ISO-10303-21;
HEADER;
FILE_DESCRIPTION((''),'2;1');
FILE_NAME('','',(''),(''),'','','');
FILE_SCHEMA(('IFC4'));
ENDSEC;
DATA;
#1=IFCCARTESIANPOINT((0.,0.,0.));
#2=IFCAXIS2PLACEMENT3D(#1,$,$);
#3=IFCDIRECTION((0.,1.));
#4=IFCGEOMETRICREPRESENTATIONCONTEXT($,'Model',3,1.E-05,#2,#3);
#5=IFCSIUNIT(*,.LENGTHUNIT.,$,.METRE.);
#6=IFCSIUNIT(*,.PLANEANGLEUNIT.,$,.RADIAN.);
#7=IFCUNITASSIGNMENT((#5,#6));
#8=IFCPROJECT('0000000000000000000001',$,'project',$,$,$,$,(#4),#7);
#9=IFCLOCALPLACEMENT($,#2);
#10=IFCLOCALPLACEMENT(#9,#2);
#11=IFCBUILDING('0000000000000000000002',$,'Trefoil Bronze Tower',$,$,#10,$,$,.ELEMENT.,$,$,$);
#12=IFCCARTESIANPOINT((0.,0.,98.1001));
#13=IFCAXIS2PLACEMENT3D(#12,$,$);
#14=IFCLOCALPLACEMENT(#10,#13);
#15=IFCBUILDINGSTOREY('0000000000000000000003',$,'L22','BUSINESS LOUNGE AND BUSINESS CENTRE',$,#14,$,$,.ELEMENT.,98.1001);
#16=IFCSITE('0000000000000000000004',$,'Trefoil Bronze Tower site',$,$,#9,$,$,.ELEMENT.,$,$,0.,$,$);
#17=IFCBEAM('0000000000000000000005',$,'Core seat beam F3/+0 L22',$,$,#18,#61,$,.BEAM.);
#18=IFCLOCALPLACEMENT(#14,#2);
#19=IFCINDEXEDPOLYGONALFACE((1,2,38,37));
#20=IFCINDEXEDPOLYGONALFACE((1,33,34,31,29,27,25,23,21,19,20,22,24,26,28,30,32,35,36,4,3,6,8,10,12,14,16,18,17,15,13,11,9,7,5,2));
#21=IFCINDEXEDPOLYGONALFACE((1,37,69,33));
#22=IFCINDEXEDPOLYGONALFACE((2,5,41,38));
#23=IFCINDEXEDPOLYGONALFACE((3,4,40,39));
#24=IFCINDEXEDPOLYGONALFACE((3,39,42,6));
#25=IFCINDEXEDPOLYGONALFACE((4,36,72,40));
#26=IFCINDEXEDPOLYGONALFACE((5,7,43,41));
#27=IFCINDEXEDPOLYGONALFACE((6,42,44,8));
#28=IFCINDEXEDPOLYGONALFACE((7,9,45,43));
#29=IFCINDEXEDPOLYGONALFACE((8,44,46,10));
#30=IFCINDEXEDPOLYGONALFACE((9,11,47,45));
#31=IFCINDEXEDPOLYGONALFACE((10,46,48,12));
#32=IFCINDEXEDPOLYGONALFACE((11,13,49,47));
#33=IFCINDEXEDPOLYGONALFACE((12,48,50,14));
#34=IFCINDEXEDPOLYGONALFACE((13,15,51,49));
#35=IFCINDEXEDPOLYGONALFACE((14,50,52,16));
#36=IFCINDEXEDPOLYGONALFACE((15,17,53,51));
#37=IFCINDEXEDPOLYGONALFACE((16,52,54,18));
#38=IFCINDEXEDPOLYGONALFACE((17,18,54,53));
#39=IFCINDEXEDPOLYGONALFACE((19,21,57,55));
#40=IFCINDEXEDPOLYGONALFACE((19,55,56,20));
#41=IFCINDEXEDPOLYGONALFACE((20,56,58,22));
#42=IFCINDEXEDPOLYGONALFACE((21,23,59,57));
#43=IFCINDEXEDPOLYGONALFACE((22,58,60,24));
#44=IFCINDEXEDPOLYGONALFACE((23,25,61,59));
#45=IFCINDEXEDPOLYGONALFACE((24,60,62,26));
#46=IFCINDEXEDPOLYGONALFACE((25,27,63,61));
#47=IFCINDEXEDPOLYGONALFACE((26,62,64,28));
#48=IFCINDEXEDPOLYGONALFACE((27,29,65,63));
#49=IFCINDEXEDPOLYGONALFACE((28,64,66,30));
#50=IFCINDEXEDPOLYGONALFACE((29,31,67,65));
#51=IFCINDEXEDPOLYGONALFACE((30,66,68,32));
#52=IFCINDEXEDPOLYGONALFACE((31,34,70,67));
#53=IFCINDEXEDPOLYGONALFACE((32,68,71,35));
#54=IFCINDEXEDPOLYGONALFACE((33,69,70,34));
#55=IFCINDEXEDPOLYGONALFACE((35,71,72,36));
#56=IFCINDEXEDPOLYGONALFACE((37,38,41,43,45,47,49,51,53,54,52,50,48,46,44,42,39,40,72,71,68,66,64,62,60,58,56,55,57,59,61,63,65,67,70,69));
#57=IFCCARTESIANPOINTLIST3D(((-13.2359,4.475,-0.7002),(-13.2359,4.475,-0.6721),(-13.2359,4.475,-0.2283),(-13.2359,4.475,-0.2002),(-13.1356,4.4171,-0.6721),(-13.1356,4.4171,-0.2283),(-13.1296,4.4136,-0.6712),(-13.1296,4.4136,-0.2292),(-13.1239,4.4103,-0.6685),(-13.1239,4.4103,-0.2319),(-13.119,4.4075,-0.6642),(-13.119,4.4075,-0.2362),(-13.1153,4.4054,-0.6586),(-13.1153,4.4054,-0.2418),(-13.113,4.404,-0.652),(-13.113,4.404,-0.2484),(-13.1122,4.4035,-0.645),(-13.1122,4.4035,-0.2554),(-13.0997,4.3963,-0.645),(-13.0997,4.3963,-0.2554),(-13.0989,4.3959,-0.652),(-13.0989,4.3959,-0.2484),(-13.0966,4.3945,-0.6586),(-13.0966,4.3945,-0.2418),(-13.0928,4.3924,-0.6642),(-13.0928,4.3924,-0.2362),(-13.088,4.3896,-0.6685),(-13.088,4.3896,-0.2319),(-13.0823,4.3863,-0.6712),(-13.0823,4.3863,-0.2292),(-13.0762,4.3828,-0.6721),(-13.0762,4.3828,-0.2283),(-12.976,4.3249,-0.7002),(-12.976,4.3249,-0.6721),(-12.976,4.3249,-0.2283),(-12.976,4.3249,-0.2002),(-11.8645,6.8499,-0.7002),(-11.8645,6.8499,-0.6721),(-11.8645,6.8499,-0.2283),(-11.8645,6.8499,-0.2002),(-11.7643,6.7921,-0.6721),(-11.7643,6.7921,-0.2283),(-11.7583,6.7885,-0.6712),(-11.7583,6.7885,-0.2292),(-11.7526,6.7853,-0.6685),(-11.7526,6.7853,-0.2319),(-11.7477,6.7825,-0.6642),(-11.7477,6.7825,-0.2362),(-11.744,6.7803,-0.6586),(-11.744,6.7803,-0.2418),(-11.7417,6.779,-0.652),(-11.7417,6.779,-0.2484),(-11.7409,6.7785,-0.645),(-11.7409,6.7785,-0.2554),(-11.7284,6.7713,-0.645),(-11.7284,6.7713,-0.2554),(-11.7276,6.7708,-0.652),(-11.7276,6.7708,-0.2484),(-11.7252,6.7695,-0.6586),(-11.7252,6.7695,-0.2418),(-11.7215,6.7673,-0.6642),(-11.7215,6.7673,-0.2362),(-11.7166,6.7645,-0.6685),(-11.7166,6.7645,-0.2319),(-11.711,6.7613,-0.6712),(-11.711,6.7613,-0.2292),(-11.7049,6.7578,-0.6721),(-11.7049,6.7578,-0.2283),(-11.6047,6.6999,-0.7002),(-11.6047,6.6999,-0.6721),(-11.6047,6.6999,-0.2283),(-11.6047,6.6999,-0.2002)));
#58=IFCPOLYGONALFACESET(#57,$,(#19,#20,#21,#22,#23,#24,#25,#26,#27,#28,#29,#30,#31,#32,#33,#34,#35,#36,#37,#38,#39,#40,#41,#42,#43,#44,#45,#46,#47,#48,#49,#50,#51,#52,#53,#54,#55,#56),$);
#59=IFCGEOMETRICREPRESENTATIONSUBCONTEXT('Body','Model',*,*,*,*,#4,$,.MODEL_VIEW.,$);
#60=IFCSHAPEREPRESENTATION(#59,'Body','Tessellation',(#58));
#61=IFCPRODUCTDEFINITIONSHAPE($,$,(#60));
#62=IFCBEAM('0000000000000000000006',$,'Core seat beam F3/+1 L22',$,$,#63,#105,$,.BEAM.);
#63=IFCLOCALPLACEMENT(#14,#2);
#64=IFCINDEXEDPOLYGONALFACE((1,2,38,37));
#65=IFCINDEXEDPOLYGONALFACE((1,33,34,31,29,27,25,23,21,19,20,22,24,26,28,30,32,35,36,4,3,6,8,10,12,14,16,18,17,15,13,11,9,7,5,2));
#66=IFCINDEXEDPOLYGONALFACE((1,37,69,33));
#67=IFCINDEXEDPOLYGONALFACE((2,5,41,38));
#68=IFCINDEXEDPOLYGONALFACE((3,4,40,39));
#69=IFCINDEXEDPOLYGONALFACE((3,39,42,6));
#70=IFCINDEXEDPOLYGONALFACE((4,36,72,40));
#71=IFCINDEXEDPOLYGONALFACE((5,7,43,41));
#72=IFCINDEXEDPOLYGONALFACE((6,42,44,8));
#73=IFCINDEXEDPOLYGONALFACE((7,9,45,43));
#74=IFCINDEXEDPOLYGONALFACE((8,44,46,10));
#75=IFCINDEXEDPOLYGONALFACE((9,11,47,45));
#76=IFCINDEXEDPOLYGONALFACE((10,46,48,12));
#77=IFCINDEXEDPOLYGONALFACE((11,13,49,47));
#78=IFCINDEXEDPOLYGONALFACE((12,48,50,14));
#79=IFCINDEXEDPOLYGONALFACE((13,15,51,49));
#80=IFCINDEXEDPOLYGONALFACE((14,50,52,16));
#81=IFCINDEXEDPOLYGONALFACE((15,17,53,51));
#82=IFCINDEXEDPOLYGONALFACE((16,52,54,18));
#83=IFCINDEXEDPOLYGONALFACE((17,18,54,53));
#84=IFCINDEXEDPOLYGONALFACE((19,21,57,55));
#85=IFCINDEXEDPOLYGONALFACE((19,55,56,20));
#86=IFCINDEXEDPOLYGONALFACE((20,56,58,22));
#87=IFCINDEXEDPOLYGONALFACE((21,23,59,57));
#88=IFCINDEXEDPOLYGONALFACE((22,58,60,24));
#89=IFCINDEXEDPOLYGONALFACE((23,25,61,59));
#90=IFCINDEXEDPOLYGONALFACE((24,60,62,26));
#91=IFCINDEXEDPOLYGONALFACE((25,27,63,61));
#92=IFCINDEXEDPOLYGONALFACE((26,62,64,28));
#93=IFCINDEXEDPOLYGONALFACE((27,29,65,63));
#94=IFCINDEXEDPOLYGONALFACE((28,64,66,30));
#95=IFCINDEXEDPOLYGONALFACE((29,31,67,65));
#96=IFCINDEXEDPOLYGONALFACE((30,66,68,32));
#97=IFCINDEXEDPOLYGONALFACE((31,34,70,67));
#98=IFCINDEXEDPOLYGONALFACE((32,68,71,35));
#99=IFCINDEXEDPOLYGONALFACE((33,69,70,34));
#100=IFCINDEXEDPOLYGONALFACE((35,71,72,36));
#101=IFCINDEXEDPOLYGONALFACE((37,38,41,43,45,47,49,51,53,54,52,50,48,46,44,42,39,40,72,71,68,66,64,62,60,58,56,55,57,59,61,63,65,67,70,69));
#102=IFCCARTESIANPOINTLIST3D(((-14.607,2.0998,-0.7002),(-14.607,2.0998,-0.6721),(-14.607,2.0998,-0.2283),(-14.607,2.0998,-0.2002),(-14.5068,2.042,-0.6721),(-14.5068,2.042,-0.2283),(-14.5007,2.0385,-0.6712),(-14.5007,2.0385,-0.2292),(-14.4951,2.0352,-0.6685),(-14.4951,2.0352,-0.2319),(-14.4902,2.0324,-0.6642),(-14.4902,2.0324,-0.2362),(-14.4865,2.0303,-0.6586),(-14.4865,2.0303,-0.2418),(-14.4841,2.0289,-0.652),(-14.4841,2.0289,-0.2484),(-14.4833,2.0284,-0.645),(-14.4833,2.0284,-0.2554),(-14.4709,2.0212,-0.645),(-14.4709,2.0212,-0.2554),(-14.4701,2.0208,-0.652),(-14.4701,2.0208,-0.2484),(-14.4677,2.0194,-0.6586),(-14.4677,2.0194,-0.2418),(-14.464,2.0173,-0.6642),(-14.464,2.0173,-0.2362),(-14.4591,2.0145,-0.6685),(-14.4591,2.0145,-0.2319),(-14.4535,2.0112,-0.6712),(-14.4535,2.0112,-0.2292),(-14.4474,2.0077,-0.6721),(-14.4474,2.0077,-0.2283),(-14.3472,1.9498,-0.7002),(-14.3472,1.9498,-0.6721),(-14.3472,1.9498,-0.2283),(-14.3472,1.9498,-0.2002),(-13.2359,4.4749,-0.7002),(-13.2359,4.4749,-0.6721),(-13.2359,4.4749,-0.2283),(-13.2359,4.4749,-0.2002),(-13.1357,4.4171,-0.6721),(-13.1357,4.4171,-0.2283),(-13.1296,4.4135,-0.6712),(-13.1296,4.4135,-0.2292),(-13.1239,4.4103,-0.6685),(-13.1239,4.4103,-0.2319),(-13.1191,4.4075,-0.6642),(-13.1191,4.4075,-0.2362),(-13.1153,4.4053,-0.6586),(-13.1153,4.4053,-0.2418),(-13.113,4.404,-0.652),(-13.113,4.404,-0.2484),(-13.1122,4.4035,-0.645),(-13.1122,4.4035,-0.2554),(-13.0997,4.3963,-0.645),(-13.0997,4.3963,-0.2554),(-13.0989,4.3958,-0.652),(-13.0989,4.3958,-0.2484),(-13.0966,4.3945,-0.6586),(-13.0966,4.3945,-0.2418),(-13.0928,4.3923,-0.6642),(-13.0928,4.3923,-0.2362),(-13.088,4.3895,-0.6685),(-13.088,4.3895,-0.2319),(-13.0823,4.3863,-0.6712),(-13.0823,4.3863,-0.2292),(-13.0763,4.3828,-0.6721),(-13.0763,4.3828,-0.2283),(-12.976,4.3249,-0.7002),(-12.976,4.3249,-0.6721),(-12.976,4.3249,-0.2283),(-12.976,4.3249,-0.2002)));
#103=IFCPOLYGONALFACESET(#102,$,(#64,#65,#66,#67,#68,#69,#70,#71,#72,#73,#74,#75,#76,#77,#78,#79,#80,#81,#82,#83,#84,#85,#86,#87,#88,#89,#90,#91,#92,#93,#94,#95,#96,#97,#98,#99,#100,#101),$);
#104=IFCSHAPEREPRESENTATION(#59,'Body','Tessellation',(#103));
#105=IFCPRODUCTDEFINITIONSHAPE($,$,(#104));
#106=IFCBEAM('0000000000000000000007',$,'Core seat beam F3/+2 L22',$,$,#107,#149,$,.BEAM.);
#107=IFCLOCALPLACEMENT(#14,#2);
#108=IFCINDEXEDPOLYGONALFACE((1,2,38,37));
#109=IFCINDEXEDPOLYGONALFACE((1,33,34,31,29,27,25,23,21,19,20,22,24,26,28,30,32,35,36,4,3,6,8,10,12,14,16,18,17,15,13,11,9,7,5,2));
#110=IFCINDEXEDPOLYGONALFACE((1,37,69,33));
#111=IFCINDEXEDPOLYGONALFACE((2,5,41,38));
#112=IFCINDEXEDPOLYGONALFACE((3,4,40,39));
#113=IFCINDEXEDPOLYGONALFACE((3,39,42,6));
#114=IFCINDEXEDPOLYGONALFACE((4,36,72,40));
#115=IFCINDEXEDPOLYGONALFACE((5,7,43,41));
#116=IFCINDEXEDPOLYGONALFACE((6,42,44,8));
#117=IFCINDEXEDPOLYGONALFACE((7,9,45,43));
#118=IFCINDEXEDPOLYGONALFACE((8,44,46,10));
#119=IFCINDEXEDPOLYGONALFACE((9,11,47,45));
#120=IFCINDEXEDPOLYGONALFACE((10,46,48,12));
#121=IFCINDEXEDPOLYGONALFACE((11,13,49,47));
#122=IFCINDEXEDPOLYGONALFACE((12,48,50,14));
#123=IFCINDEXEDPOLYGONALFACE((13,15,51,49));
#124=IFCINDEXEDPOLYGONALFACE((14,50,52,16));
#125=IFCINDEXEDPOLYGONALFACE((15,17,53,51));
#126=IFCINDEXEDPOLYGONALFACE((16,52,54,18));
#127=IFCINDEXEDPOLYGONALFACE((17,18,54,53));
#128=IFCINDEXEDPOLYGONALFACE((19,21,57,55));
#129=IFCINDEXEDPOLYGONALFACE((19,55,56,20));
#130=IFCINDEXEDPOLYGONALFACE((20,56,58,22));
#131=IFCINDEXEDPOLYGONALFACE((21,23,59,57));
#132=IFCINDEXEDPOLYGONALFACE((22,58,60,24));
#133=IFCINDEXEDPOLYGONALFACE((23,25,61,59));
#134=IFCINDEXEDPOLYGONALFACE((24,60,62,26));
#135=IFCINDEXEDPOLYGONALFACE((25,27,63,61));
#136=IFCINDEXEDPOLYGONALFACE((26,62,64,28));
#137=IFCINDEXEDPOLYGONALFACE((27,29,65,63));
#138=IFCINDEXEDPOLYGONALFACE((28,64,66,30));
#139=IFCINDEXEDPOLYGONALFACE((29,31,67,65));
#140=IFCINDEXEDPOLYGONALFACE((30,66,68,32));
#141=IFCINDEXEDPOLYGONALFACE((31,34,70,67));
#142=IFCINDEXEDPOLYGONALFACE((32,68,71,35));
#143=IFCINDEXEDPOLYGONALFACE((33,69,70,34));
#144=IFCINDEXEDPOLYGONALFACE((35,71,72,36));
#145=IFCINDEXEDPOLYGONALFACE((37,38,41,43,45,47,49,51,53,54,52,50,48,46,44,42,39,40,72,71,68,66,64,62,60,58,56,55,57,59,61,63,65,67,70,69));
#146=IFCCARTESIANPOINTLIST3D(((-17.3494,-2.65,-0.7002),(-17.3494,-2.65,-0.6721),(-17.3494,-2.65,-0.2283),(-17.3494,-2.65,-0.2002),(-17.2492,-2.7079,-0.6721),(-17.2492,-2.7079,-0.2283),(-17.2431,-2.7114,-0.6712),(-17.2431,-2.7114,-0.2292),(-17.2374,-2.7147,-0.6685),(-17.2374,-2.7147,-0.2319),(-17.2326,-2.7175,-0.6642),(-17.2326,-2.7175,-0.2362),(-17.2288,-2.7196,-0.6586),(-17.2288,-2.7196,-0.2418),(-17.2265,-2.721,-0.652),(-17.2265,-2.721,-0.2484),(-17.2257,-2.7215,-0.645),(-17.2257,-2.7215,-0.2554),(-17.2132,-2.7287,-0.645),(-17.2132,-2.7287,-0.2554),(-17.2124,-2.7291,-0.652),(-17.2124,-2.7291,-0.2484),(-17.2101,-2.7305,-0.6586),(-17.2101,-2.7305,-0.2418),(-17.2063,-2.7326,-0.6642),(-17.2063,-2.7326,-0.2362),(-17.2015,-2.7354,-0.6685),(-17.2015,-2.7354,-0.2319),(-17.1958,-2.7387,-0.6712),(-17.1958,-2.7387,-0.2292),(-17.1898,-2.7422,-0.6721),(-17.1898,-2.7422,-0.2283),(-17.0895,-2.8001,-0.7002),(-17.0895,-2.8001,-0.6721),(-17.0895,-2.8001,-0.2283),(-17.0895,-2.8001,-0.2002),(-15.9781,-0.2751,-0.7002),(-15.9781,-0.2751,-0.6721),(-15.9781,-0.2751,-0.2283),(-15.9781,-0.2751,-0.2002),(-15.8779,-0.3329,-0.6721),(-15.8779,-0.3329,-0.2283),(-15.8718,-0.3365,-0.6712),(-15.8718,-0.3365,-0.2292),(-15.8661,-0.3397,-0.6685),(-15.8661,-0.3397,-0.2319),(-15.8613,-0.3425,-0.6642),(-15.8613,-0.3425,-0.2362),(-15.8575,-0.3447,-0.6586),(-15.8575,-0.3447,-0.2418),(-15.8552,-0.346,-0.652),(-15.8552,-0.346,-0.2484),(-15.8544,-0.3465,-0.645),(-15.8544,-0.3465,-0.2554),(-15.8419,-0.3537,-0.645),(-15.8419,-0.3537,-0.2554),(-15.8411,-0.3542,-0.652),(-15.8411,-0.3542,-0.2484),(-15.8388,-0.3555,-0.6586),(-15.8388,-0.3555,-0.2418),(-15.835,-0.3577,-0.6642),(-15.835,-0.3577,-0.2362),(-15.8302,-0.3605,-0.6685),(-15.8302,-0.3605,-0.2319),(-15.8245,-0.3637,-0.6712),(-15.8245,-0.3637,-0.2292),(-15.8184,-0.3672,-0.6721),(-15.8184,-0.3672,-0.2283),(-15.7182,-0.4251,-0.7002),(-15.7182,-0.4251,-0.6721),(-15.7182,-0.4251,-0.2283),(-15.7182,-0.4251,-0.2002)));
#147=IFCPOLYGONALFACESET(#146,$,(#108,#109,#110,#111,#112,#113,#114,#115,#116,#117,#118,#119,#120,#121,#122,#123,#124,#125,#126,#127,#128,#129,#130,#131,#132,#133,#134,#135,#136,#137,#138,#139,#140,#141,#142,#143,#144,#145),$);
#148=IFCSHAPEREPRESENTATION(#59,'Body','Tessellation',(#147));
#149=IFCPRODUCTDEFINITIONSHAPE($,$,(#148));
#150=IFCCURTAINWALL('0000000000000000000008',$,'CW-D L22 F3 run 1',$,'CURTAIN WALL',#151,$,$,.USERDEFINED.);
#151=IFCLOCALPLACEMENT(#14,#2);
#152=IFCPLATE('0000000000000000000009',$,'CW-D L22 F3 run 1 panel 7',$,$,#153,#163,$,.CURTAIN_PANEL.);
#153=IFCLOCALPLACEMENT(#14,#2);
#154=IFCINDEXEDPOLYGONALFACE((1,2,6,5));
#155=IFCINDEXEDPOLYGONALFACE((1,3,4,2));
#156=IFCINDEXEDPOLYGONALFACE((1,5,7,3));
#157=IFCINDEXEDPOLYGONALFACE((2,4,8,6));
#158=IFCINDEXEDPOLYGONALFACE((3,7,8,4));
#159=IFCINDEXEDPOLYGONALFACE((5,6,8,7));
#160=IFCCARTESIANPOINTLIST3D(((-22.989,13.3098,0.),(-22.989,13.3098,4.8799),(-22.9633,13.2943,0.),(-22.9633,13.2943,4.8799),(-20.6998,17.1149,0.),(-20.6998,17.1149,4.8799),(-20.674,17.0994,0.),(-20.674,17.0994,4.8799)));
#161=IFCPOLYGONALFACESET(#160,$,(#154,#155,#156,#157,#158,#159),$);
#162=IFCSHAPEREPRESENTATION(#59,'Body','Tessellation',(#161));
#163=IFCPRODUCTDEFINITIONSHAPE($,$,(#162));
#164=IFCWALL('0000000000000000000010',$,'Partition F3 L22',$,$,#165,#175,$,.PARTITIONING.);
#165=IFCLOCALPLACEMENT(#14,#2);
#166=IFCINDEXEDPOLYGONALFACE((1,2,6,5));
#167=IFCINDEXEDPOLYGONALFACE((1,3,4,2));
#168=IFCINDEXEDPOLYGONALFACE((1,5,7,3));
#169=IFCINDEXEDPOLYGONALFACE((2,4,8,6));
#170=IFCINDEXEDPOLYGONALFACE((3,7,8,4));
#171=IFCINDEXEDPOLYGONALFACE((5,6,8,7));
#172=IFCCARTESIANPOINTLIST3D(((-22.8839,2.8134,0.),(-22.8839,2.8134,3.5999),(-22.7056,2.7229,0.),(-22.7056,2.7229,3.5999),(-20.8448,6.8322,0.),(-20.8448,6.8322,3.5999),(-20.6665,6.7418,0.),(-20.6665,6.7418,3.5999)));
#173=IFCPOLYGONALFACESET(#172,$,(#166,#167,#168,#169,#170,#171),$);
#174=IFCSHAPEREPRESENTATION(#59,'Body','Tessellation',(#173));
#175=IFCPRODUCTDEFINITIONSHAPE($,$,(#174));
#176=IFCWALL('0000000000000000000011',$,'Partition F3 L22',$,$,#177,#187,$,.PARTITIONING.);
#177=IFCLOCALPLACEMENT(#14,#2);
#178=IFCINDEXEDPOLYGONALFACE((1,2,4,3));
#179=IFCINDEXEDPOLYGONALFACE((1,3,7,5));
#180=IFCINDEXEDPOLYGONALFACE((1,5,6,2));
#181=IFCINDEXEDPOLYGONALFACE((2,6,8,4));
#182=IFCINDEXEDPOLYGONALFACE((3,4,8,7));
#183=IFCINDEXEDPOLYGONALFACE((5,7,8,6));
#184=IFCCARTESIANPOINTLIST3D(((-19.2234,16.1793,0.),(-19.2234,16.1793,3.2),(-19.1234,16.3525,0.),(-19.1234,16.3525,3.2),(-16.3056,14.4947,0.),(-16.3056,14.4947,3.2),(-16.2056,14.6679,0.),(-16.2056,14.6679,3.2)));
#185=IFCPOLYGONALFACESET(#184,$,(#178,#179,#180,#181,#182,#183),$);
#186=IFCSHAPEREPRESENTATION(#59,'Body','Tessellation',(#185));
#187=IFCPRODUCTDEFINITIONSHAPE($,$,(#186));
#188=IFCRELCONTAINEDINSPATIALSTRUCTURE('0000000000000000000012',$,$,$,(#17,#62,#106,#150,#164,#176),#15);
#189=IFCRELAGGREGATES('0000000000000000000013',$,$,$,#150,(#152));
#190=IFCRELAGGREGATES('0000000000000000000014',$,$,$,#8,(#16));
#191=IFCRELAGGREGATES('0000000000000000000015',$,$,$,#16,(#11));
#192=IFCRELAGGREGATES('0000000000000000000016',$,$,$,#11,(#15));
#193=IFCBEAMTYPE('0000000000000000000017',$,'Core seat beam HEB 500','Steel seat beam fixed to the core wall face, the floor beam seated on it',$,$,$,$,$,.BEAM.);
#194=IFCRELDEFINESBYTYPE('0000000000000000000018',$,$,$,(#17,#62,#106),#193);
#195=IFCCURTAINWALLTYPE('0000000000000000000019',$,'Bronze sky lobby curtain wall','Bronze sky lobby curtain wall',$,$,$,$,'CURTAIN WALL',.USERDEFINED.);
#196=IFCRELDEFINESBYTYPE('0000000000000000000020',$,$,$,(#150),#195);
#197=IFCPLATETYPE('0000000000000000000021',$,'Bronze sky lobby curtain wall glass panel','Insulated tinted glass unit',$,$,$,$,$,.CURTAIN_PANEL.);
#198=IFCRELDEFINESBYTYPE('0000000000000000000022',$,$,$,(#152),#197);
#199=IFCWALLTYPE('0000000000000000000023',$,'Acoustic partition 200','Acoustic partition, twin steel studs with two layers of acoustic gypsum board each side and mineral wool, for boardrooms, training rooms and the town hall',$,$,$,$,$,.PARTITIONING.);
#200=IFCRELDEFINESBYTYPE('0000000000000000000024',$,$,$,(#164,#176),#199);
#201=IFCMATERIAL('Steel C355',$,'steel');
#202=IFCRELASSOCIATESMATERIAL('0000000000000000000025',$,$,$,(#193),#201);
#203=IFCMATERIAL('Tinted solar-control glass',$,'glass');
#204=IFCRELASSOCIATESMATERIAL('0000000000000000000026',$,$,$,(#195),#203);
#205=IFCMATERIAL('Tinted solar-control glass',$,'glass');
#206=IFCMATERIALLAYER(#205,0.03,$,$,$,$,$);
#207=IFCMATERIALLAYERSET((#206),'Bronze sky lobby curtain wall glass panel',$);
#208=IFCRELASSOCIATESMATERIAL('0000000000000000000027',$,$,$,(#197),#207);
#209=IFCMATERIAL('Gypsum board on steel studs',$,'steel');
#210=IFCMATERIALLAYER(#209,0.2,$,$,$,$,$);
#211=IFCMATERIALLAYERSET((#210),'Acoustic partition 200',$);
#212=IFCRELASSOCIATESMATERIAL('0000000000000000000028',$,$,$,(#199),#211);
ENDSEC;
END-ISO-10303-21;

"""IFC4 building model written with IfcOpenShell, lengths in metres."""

from ifc_helpers import new_model, si_unit, direction, frame, frame_2d, origin, origin_2d, place, context, subcontext, project, spatial, rectangle, i_section, extrude, material, layer, layer_set, material_profile, profile_set, type_object, element, aggregate, save


model = new_model("IFC4")

# Units and contexts
model_context = context("Model", 3, precision=1e-05, world=origin(), true_north=direction((0.0, 1.0)))
body_context = subcontext(model_context, "Body", "Model", "MODEL_VIEW")
ifc_project = project(units=[si_unit("LENGTHUNIT", "METRE"), si_unit("PLANEANGLEUNIT", "RADIAN")], contexts=[model_context])

# Site, building, storey
site_placement = place(None, origin())
site = spatial("IfcSite", under=ifc_project, at=site_placement, Name="Trefoil Bronze Tower site", CompositionType="ELEMENT", RefElevation=0.0)
building_placement = place(site_placement, origin())
building = spatial("IfcBuilding", under=site, at=building_placement, Name="Trefoil Bronze Tower", CompositionType="ELEMENT")
storey_placement = place(building_placement, frame((0.0, 0.0, 98.1001)))
storey = spatial("IfcBuildingStorey", under=building, at=storey_placement, Name="L22", Description="BUSINESS LOUNGE AND BUSINESS CENTRE", CompositionType="ELEMENT", Elevation=98.1001)

# Beams
ifc_material_1 = material(Name="Steel C355", Category="steel")
ifc_material_profile = material_profile(ifc_material_1, i_section(OverallWidth=0.3, OverallDepth=0.5, WebThickness=0.0144, FlangeThickness=0.0281, FilletRadius=0.0271, at=origin_2d()), Name="HEB 500")
ifc_profile_set = profile_set([ifc_material_profile], Name="Steel C355")
beam_type = type_object("IfcBeamType", Name="Core seat beam HEB 500", Description="Steel seat beam fixed to the core wall face, the floor beam seated on it", PredefinedType="BEAM", material=ifc_profile_set)
for number, where, z_axis, x_axis, name in (
    (1, (-11.7346, 6.7749, -0.4502), (-0.500036, -0.866005, 0.0), (0.866005, -0.500036, 0.0), "Core seat beam F3/+0 L22"),
    (2, (-13.106, 4.3999, -0.4502), (-0.499969, -0.866043, 0.0), (0.866043, -0.499969, 0.0), "Core seat beam F3/+1 L22"),
    (3, (-15.8481, -0.3501, -0.4502), (-0.500036, -0.866005, 0.0), (0.866005, -0.500036, 0.0), "Core seat beam F3/+2 L22"),
):
    element("IfcBeam", number, at=place(storey_placement, frame(where, z_axis=z_axis, x_axis=x_axis)), inside=storey, type_object=beam_type, Name=name, PredefinedType="BEAM", context=body_context, shape_type="SweptSolid", body=[
        extrude(i_section(OverallWidth=0.3, OverallDepth=0.5, WebThickness=0.0144, FlangeThickness=0.0281, FilletRadius=0.0271, at=origin_2d()), origin(), (0.0, 0.0, 1.0), 2.7424),
    ])

# Curtain wall, plate
ifc_material_2 = material(Name="Tinted solar-control glass", Category="glass")
curtain_wall_type = type_object("IfcCurtainWallType", Name="Bronze sky lobby curtain wall", Description="Bronze sky lobby curtain wall", ElementType="CURTAIN WALL", PredefinedType="USERDEFINED", material=ifc_material_2)
curtain_wall_placement = place(storey_placement, origin())
curtain_wall = element("IfcCurtainWall", 4, at=curtain_wall_placement, inside=storey, type_object=curtain_wall_type, Name="CW-D L22 F3 run 1", ObjectType="CURTAIN WALL", PredefinedType="USERDEFINED")
ifc_material_3 = material(Name="Tinted solar-control glass", Category="glass")
ifc_layer_1 = layer(ifc_material_3, 0.03)
ifc_layer_set_1 = layer_set([ifc_layer_1], Name="Bronze sky lobby curtain wall glass panel")
plate_type = type_object("IfcPlateType", Name="Bronze sky lobby curtain wall glass panel", Description="Insulated tinted glass unit", PredefinedType="CURTAIN_PANEL", material=ifc_layer_set_1)
plate_placement = place(storey_placement, frame((-21.8315, 15.2046, 0.0), z_axis=(0.0, 0.0, 1.0), x_axis=(-0.515525, -0.856874, 0.0)))
plate = element("IfcPlate", 5, at=plate_placement, type_object=plate_type, Name="CW-D L22 F3 run 1 panel 7", PredefinedType="CURTAIN_PANEL", context=body_context, shape_type="SweptSolid", body=[
    extrude(rectangle(XDim=4.4407, YDim=0.03, at=origin_2d()), origin(), (0.0, 0.0, 1.0), 4.8799),
])
aggregate(curtain_wall, [plate])

# Walls
ifc_material_4 = material(Name="Gypsum board on steel studs", Category="steel")
ifc_layer_2 = layer(ifc_material_4, 0.2)
ifc_layer_set_2 = layer_set([ifc_layer_2], Name="Acoustic partition 200")
wall_type_1 = type_object("IfcWallType", Name="Acoustic partition 200", Description="Acoustic partition, twin steel studs with two layers of acoustic gypsum board each side and mineral wool, for boardrooms, training rooms and the town hall", PredefinedType="PARTITIONING", material=ifc_layer_set_2)
wall_1_placement = place(storey_placement, frame((-20.7556, 6.7871, 0.0), z_axis=(0.0, 0.0, 1.0), x_axis=(-0.452472, -0.891779, 0.0)))
element("IfcWall", 6, at=wall_1_placement, inside=storey, type_object=wall_type_1, Name="Partition F3 L22", PredefinedType="PARTITIONING", context=body_context, shape_type="SweptSolid", body=[
    extrude(rectangle(XDim=4.5066, YDim=0.2, at=frame_2d((2.2534, 0.0))), origin(), (0.0, 0.0, 1.0), 3.5999),
])
wall_2_placement = place(storey_placement, frame((-16.2556, 14.5813, 0.0), z_axis=(0.0, 0.0, 1.0), x_axis=(-0.866023, 0.500005, 0.0)))
element("IfcWall", 7, at=wall_2_placement, inside=storey, type_object=wall_type_1, Name="Partition F3 L22", PredefinedType="PARTITIONING", context=body_context, shape_type="SweptSolid", body=[
    extrude(rectangle(XDim=3.3691, YDim=0.2, at=frame_2d((1.6846, 0.0))), origin(), (0.0, 0.0, 1.0), 3.2),
])

save(model, "model.ifc")
